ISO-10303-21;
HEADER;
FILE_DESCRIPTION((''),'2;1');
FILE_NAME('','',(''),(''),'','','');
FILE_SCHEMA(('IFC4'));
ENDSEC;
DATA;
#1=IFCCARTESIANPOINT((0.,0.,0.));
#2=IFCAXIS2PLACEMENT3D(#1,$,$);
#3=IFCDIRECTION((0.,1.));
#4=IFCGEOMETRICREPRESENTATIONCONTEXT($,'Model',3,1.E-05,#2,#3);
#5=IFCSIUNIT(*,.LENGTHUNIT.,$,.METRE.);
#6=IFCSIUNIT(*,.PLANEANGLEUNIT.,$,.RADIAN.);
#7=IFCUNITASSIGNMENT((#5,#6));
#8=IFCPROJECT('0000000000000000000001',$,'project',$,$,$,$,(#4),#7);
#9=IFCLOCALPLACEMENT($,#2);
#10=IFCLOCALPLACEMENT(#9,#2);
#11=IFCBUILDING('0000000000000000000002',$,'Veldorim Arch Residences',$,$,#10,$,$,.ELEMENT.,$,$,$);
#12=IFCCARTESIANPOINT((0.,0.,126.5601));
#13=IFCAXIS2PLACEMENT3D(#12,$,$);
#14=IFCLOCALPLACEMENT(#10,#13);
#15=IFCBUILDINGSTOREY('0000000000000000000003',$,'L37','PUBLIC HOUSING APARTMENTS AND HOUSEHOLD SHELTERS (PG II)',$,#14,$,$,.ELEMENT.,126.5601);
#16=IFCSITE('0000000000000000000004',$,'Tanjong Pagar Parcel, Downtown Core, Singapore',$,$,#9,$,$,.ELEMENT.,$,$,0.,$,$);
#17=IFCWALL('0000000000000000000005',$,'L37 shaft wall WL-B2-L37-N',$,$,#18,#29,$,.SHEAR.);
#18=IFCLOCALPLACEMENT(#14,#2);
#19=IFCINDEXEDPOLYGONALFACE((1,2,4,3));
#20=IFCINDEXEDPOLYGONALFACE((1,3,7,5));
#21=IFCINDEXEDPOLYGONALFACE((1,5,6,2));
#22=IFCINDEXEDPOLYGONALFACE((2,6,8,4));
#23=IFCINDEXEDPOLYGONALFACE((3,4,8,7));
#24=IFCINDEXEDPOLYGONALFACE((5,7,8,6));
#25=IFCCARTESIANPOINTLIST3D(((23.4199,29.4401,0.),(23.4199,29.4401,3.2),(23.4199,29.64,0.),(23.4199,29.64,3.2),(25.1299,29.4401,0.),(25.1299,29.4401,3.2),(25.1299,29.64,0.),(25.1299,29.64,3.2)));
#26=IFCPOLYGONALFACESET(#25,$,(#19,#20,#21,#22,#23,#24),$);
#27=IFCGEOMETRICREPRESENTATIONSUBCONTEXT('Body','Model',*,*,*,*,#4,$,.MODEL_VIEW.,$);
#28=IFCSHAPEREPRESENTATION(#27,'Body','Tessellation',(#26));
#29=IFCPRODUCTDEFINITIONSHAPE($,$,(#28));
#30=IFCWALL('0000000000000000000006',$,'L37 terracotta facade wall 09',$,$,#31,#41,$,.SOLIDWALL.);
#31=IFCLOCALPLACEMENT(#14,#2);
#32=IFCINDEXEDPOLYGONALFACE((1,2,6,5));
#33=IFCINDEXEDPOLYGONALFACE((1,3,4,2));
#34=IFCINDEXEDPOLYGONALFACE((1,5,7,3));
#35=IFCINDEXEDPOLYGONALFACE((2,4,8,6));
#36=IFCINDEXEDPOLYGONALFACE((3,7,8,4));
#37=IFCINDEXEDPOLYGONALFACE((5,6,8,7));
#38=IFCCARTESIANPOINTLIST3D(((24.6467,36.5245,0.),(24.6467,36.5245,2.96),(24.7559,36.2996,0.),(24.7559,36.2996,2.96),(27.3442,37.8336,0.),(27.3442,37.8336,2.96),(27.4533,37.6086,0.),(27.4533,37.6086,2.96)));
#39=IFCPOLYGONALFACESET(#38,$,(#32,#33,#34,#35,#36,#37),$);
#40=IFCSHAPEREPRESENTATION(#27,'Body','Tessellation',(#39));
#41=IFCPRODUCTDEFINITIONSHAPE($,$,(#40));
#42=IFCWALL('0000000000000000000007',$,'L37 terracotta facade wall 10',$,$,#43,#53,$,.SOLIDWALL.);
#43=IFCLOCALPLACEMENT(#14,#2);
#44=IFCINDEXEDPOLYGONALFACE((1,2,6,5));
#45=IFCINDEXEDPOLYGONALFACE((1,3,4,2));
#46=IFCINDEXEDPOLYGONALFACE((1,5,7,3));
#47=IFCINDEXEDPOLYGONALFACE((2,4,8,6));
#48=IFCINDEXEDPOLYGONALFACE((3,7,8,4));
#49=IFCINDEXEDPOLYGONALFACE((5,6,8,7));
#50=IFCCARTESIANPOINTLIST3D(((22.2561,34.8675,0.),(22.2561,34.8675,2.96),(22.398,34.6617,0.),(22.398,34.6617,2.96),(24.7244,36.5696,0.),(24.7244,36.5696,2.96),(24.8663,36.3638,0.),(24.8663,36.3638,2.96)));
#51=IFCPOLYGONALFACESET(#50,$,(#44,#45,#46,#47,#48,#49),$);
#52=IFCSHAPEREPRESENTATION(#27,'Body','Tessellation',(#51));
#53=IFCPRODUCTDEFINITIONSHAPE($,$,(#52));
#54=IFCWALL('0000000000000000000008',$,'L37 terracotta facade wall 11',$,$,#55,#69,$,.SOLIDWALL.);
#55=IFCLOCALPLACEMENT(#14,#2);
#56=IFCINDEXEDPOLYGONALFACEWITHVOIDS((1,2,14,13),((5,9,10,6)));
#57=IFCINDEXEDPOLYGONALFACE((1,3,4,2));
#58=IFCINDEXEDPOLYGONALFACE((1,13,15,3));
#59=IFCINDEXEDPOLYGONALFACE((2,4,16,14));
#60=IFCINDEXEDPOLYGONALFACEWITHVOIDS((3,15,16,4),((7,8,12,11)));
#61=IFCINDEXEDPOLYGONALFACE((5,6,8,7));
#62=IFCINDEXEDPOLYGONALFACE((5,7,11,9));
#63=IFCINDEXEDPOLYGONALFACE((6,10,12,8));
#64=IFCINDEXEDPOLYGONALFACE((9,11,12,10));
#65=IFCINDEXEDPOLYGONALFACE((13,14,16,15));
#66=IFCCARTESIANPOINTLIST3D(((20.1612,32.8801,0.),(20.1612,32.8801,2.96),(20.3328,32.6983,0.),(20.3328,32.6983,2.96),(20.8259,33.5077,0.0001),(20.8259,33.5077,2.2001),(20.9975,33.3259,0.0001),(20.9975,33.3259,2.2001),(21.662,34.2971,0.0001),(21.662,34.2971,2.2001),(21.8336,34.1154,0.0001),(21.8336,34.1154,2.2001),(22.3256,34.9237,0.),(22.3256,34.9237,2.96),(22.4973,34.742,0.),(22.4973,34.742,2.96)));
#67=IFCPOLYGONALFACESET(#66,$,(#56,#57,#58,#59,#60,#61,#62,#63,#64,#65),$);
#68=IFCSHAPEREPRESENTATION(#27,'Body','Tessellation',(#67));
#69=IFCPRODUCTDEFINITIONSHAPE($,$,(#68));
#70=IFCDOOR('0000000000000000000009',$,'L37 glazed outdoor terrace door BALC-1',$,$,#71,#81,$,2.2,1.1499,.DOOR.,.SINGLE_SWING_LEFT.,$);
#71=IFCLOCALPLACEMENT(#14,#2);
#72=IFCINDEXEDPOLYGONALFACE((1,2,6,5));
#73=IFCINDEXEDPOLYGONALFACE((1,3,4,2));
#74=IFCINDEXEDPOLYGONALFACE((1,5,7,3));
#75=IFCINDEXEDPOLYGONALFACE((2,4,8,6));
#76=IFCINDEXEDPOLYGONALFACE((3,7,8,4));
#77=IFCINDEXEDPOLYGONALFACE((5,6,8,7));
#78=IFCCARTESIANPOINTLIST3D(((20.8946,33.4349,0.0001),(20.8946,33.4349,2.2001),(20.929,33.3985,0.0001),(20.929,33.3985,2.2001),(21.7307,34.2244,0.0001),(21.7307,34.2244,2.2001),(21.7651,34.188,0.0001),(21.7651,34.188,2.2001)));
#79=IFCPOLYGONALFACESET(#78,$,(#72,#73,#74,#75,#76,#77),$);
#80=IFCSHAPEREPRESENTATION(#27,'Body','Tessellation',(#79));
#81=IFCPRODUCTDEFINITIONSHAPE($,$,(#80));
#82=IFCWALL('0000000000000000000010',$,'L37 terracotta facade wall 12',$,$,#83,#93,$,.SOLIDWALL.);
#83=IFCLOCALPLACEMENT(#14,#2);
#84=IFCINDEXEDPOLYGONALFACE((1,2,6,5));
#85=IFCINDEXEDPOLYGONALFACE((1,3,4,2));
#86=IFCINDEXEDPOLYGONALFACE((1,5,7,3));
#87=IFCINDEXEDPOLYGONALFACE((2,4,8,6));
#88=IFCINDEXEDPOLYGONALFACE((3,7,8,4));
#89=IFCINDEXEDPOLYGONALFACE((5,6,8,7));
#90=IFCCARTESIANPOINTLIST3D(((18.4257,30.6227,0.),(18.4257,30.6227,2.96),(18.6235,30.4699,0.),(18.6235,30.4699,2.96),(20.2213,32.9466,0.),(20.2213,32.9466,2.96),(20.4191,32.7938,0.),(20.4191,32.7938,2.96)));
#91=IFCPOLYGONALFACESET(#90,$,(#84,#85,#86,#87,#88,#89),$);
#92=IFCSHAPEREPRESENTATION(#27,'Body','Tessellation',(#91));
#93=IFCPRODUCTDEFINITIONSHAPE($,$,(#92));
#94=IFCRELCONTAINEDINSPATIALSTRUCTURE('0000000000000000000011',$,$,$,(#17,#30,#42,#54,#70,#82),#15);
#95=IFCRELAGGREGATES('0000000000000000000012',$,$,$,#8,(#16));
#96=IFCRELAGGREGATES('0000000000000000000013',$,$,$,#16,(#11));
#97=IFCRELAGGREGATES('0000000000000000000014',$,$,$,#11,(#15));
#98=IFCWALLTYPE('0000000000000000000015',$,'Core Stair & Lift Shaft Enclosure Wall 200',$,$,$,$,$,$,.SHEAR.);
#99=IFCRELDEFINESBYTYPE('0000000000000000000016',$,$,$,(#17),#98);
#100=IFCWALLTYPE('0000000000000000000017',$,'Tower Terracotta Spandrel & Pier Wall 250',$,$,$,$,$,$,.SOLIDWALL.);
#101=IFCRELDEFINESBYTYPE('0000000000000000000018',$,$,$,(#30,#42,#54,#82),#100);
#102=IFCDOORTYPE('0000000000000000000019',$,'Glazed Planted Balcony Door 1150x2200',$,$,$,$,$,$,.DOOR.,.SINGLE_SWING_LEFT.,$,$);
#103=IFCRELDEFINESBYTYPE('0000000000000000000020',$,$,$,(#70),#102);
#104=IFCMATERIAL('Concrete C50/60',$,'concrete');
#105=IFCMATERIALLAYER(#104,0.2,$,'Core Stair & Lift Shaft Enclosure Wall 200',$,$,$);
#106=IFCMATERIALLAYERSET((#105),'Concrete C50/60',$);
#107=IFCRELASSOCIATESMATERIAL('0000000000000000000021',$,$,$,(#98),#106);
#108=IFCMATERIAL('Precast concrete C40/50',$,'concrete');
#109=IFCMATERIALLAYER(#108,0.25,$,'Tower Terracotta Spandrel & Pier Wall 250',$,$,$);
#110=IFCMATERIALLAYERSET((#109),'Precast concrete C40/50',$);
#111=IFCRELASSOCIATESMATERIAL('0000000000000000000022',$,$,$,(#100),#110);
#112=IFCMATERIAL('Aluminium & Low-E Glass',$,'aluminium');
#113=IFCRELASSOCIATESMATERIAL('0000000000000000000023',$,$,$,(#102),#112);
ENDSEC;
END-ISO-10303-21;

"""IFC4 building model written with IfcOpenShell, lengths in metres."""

from ifc_helpers import new_model, si_unit, direction, frame, frame_2d, origin, place, context, subcontext, project, spatial, rectangle, extrude, material, layer, layer_set, type_object, element, fill, save


model = new_model("IFC4")

# Units and contexts
model_context = context("Model", 3, precision=1e-05, world=origin(), true_north=direction((0.0, 1.0)))
body_context = subcontext(model_context, "Body", "Model", "MODEL_VIEW")
ifc_project = project(units=[si_unit("LENGTHUNIT", "METRE"), si_unit("PLANEANGLEUNIT", "RADIAN")], contexts=[model_context])

# Site, building, storey
site_placement = place(None, origin())
site = spatial("IfcSite", under=ifc_project, at=site_placement, Name="Tanjong Pagar Parcel, Downtown Core, Singapore", CompositionType="ELEMENT", RefElevation=0.0)
building_placement = place(site_placement, origin())
building = spatial("IfcBuilding", under=site, at=building_placement, Name="Veldorim Arch Residences", CompositionType="ELEMENT")
storey_placement = place(building_placement, frame((0.0, 0.0, 126.5601)))
storey = spatial("IfcBuildingStorey", under=building, at=storey_placement, Name="L37", Description="PUBLIC HOUSING APARTMENTS AND HOUSEHOLD SHELTERS (PG II)", CompositionType="ELEMENT", Elevation=126.5601)

# Wall
ifc_material_1 = material(Name="Concrete C50/60", Category="concrete")
ifc_layer_1 = layer(ifc_material_1, 0.2, Name="Core Stair & Lift Shaft Enclosure Wall 200")
ifc_layer_set_1 = layer_set([ifc_layer_1], Name="Concrete C50/60")
wall_type_1 = type_object("IfcWallType", Name="Core Stair & Lift Shaft Enclosure Wall 200", PredefinedType="SHEAR", material=ifc_layer_set_1)
wall_1_placement = place(storey_placement, frame((23.4199, 29.54, 0.0), z_axis=(0.0, 0.0, 1.0), x_axis=(1.0, 0.0, 0.0)))
element("IfcWall", 1, at=wall_1_placement, inside=storey, type_object=wall_type_1, Name="L37 shaft wall WL-B2-L37-N", PredefinedType="SHEAR", context=body_context, shape_type="SweptSolid", body=[
    extrude(rectangle(XDim=1.71, YDim=0.2, at=frame_2d((0.855, 0.0))), origin(), (0.0, 0.0, 1.0), 3.2),
])

# Walls
ifc_material_2 = material(Name="Precast concrete C40/50", Category="concrete")
ifc_layer_2 = layer(ifc_material_2, 0.25, Name="Tower Terracotta Spandrel & Pier Wall 250")
ifc_layer_set_2 = layer_set([ifc_layer_2], Name="Precast concrete C40/50")
wall_type_2 = type_object("IfcWallType", Name="Tower Terracotta Spandrel & Pier Wall 250", PredefinedType="SOLIDWALL", material=ifc_layer_set_2)
for number, where, z_axis, x_axis, name in (
    (2, (24.7014, 36.4121, 0.0), (0.0, 0.0, 1.0), (0.899657, 0.436597, 0.0), "L37 terracotta facade wall 09"),
    (3, (22.3271, 34.7646, 0.0), (0.0, 0.0, 1.0), (0.823229, 0.56771, 0.0), "L37 terracotta facade wall 10"),
):
    element("IfcWall", number, at=place(storey_placement, frame(where, z_axis=z_axis, x_axis=x_axis)), inside=storey, type_object=wall_type_2, Name=name, PredefinedType="SOLIDWALL", context=body_context, shape_type="SweptSolid", body=[
        extrude(rectangle(XDim=2.9983, YDim=0.25, at=frame_2d((1.499, 0.0))), origin(), (0.0, 0.0, 1.0), 2.96),
    ])

# Wall, opening, door
wall_2_placement = place(storey_placement, frame((20.2471, 32.7893, 0.0), z_axis=(0.0, 0.0, 1.0), x_axis=(0.727113, 0.686518, 0.0)))
wall_2 = element("IfcWall", 4, at=wall_2_placement, inside=storey, type_object=wall_type_2, Name="L37 terracotta facade wall 11", PredefinedType="SOLIDWALL", context=body_context, shape_type="SweptSolid", body=[
    extrude(rectangle(XDim=2.9768, YDim=0.25, at=frame_2d((1.4883, 0.0))), origin(), (0.0, 0.0, 1.0), 2.96),
])
opening_1_placement = place(wall_2_placement, frame((0.9141, 0.0, 0.0)))
opening_1 = element("IfcOpeningElement", 5, at=opening_1_placement, cuts=wall_2, PredefinedType="OPENING", context=body_context, shape_type="SweptSolid", body=[
    extrude(rectangle(XDim=1.1499, YDim=2.2, at=frame_2d((0.575, 1.1001))), frame((0.0, 0.135, 0.0), z_axis=(0.0, -1.0, 0.0), x_axis=(1.0, 0.0, 0.0)), (0.0, 0.0, 1.0), 0.27),
])
ifc_material_3 = material(Name="Aluminium & Low-E Glass", Category="aluminium")
door_type_1 = type_object("IfcDoorType", Name="Glazed Planted Balcony Door 1150x2200", OperationType="SINGLE_SWING_LEFT", PredefinedType="DOOR", material=ifc_material_3)
door_1_placement = place(opening_1_placement, origin())
door_1 = element("IfcDoor", 6, at=door_1_placement, inside=storey, type_object=door_type_1, Name="L37 glazed outdoor terrace door BALC-1", OperationType="SINGLE_SWING_LEFT", OverallHeight=2.2, OverallWidth=1.1499, PredefinedType="DOOR", context=body_context, shape_type="SweptSolid", body=[
    extrude(rectangle(XDim=1.1499, YDim=2.2, at=frame_2d((0.575, 1.1001))), frame((0.0, 0.0249, 0.0), z_axis=(0.0, -1.0, 0.0), x_axis=(1.0, 0.0, 0.0)), (0.0, 0.0, 1.0), 0.05),
])
fill(opening_1, door_1)

# Wall
wall_3_placement = place(storey_placement, frame((18.5247, 30.5464, 0.0), z_axis=(0.0, 0.0, 1.0), x_axis=(0.611417, 0.791309, 0.0)))
element("IfcWall", 7, at=wall_3_placement, inside=storey, type_object=wall_type_2, Name="L37 terracotta facade wall 12", PredefinedType="SOLIDWALL", context=body_context, shape_type="SweptSolid", body=[
    extrude(rectangle(XDim=2.9368, YDim=0.25, at=frame_2d((1.4683, 0.0))), origin(), (0.0, 0.0, 1.0), 2.96),
])

save(model, "model.ifc")
